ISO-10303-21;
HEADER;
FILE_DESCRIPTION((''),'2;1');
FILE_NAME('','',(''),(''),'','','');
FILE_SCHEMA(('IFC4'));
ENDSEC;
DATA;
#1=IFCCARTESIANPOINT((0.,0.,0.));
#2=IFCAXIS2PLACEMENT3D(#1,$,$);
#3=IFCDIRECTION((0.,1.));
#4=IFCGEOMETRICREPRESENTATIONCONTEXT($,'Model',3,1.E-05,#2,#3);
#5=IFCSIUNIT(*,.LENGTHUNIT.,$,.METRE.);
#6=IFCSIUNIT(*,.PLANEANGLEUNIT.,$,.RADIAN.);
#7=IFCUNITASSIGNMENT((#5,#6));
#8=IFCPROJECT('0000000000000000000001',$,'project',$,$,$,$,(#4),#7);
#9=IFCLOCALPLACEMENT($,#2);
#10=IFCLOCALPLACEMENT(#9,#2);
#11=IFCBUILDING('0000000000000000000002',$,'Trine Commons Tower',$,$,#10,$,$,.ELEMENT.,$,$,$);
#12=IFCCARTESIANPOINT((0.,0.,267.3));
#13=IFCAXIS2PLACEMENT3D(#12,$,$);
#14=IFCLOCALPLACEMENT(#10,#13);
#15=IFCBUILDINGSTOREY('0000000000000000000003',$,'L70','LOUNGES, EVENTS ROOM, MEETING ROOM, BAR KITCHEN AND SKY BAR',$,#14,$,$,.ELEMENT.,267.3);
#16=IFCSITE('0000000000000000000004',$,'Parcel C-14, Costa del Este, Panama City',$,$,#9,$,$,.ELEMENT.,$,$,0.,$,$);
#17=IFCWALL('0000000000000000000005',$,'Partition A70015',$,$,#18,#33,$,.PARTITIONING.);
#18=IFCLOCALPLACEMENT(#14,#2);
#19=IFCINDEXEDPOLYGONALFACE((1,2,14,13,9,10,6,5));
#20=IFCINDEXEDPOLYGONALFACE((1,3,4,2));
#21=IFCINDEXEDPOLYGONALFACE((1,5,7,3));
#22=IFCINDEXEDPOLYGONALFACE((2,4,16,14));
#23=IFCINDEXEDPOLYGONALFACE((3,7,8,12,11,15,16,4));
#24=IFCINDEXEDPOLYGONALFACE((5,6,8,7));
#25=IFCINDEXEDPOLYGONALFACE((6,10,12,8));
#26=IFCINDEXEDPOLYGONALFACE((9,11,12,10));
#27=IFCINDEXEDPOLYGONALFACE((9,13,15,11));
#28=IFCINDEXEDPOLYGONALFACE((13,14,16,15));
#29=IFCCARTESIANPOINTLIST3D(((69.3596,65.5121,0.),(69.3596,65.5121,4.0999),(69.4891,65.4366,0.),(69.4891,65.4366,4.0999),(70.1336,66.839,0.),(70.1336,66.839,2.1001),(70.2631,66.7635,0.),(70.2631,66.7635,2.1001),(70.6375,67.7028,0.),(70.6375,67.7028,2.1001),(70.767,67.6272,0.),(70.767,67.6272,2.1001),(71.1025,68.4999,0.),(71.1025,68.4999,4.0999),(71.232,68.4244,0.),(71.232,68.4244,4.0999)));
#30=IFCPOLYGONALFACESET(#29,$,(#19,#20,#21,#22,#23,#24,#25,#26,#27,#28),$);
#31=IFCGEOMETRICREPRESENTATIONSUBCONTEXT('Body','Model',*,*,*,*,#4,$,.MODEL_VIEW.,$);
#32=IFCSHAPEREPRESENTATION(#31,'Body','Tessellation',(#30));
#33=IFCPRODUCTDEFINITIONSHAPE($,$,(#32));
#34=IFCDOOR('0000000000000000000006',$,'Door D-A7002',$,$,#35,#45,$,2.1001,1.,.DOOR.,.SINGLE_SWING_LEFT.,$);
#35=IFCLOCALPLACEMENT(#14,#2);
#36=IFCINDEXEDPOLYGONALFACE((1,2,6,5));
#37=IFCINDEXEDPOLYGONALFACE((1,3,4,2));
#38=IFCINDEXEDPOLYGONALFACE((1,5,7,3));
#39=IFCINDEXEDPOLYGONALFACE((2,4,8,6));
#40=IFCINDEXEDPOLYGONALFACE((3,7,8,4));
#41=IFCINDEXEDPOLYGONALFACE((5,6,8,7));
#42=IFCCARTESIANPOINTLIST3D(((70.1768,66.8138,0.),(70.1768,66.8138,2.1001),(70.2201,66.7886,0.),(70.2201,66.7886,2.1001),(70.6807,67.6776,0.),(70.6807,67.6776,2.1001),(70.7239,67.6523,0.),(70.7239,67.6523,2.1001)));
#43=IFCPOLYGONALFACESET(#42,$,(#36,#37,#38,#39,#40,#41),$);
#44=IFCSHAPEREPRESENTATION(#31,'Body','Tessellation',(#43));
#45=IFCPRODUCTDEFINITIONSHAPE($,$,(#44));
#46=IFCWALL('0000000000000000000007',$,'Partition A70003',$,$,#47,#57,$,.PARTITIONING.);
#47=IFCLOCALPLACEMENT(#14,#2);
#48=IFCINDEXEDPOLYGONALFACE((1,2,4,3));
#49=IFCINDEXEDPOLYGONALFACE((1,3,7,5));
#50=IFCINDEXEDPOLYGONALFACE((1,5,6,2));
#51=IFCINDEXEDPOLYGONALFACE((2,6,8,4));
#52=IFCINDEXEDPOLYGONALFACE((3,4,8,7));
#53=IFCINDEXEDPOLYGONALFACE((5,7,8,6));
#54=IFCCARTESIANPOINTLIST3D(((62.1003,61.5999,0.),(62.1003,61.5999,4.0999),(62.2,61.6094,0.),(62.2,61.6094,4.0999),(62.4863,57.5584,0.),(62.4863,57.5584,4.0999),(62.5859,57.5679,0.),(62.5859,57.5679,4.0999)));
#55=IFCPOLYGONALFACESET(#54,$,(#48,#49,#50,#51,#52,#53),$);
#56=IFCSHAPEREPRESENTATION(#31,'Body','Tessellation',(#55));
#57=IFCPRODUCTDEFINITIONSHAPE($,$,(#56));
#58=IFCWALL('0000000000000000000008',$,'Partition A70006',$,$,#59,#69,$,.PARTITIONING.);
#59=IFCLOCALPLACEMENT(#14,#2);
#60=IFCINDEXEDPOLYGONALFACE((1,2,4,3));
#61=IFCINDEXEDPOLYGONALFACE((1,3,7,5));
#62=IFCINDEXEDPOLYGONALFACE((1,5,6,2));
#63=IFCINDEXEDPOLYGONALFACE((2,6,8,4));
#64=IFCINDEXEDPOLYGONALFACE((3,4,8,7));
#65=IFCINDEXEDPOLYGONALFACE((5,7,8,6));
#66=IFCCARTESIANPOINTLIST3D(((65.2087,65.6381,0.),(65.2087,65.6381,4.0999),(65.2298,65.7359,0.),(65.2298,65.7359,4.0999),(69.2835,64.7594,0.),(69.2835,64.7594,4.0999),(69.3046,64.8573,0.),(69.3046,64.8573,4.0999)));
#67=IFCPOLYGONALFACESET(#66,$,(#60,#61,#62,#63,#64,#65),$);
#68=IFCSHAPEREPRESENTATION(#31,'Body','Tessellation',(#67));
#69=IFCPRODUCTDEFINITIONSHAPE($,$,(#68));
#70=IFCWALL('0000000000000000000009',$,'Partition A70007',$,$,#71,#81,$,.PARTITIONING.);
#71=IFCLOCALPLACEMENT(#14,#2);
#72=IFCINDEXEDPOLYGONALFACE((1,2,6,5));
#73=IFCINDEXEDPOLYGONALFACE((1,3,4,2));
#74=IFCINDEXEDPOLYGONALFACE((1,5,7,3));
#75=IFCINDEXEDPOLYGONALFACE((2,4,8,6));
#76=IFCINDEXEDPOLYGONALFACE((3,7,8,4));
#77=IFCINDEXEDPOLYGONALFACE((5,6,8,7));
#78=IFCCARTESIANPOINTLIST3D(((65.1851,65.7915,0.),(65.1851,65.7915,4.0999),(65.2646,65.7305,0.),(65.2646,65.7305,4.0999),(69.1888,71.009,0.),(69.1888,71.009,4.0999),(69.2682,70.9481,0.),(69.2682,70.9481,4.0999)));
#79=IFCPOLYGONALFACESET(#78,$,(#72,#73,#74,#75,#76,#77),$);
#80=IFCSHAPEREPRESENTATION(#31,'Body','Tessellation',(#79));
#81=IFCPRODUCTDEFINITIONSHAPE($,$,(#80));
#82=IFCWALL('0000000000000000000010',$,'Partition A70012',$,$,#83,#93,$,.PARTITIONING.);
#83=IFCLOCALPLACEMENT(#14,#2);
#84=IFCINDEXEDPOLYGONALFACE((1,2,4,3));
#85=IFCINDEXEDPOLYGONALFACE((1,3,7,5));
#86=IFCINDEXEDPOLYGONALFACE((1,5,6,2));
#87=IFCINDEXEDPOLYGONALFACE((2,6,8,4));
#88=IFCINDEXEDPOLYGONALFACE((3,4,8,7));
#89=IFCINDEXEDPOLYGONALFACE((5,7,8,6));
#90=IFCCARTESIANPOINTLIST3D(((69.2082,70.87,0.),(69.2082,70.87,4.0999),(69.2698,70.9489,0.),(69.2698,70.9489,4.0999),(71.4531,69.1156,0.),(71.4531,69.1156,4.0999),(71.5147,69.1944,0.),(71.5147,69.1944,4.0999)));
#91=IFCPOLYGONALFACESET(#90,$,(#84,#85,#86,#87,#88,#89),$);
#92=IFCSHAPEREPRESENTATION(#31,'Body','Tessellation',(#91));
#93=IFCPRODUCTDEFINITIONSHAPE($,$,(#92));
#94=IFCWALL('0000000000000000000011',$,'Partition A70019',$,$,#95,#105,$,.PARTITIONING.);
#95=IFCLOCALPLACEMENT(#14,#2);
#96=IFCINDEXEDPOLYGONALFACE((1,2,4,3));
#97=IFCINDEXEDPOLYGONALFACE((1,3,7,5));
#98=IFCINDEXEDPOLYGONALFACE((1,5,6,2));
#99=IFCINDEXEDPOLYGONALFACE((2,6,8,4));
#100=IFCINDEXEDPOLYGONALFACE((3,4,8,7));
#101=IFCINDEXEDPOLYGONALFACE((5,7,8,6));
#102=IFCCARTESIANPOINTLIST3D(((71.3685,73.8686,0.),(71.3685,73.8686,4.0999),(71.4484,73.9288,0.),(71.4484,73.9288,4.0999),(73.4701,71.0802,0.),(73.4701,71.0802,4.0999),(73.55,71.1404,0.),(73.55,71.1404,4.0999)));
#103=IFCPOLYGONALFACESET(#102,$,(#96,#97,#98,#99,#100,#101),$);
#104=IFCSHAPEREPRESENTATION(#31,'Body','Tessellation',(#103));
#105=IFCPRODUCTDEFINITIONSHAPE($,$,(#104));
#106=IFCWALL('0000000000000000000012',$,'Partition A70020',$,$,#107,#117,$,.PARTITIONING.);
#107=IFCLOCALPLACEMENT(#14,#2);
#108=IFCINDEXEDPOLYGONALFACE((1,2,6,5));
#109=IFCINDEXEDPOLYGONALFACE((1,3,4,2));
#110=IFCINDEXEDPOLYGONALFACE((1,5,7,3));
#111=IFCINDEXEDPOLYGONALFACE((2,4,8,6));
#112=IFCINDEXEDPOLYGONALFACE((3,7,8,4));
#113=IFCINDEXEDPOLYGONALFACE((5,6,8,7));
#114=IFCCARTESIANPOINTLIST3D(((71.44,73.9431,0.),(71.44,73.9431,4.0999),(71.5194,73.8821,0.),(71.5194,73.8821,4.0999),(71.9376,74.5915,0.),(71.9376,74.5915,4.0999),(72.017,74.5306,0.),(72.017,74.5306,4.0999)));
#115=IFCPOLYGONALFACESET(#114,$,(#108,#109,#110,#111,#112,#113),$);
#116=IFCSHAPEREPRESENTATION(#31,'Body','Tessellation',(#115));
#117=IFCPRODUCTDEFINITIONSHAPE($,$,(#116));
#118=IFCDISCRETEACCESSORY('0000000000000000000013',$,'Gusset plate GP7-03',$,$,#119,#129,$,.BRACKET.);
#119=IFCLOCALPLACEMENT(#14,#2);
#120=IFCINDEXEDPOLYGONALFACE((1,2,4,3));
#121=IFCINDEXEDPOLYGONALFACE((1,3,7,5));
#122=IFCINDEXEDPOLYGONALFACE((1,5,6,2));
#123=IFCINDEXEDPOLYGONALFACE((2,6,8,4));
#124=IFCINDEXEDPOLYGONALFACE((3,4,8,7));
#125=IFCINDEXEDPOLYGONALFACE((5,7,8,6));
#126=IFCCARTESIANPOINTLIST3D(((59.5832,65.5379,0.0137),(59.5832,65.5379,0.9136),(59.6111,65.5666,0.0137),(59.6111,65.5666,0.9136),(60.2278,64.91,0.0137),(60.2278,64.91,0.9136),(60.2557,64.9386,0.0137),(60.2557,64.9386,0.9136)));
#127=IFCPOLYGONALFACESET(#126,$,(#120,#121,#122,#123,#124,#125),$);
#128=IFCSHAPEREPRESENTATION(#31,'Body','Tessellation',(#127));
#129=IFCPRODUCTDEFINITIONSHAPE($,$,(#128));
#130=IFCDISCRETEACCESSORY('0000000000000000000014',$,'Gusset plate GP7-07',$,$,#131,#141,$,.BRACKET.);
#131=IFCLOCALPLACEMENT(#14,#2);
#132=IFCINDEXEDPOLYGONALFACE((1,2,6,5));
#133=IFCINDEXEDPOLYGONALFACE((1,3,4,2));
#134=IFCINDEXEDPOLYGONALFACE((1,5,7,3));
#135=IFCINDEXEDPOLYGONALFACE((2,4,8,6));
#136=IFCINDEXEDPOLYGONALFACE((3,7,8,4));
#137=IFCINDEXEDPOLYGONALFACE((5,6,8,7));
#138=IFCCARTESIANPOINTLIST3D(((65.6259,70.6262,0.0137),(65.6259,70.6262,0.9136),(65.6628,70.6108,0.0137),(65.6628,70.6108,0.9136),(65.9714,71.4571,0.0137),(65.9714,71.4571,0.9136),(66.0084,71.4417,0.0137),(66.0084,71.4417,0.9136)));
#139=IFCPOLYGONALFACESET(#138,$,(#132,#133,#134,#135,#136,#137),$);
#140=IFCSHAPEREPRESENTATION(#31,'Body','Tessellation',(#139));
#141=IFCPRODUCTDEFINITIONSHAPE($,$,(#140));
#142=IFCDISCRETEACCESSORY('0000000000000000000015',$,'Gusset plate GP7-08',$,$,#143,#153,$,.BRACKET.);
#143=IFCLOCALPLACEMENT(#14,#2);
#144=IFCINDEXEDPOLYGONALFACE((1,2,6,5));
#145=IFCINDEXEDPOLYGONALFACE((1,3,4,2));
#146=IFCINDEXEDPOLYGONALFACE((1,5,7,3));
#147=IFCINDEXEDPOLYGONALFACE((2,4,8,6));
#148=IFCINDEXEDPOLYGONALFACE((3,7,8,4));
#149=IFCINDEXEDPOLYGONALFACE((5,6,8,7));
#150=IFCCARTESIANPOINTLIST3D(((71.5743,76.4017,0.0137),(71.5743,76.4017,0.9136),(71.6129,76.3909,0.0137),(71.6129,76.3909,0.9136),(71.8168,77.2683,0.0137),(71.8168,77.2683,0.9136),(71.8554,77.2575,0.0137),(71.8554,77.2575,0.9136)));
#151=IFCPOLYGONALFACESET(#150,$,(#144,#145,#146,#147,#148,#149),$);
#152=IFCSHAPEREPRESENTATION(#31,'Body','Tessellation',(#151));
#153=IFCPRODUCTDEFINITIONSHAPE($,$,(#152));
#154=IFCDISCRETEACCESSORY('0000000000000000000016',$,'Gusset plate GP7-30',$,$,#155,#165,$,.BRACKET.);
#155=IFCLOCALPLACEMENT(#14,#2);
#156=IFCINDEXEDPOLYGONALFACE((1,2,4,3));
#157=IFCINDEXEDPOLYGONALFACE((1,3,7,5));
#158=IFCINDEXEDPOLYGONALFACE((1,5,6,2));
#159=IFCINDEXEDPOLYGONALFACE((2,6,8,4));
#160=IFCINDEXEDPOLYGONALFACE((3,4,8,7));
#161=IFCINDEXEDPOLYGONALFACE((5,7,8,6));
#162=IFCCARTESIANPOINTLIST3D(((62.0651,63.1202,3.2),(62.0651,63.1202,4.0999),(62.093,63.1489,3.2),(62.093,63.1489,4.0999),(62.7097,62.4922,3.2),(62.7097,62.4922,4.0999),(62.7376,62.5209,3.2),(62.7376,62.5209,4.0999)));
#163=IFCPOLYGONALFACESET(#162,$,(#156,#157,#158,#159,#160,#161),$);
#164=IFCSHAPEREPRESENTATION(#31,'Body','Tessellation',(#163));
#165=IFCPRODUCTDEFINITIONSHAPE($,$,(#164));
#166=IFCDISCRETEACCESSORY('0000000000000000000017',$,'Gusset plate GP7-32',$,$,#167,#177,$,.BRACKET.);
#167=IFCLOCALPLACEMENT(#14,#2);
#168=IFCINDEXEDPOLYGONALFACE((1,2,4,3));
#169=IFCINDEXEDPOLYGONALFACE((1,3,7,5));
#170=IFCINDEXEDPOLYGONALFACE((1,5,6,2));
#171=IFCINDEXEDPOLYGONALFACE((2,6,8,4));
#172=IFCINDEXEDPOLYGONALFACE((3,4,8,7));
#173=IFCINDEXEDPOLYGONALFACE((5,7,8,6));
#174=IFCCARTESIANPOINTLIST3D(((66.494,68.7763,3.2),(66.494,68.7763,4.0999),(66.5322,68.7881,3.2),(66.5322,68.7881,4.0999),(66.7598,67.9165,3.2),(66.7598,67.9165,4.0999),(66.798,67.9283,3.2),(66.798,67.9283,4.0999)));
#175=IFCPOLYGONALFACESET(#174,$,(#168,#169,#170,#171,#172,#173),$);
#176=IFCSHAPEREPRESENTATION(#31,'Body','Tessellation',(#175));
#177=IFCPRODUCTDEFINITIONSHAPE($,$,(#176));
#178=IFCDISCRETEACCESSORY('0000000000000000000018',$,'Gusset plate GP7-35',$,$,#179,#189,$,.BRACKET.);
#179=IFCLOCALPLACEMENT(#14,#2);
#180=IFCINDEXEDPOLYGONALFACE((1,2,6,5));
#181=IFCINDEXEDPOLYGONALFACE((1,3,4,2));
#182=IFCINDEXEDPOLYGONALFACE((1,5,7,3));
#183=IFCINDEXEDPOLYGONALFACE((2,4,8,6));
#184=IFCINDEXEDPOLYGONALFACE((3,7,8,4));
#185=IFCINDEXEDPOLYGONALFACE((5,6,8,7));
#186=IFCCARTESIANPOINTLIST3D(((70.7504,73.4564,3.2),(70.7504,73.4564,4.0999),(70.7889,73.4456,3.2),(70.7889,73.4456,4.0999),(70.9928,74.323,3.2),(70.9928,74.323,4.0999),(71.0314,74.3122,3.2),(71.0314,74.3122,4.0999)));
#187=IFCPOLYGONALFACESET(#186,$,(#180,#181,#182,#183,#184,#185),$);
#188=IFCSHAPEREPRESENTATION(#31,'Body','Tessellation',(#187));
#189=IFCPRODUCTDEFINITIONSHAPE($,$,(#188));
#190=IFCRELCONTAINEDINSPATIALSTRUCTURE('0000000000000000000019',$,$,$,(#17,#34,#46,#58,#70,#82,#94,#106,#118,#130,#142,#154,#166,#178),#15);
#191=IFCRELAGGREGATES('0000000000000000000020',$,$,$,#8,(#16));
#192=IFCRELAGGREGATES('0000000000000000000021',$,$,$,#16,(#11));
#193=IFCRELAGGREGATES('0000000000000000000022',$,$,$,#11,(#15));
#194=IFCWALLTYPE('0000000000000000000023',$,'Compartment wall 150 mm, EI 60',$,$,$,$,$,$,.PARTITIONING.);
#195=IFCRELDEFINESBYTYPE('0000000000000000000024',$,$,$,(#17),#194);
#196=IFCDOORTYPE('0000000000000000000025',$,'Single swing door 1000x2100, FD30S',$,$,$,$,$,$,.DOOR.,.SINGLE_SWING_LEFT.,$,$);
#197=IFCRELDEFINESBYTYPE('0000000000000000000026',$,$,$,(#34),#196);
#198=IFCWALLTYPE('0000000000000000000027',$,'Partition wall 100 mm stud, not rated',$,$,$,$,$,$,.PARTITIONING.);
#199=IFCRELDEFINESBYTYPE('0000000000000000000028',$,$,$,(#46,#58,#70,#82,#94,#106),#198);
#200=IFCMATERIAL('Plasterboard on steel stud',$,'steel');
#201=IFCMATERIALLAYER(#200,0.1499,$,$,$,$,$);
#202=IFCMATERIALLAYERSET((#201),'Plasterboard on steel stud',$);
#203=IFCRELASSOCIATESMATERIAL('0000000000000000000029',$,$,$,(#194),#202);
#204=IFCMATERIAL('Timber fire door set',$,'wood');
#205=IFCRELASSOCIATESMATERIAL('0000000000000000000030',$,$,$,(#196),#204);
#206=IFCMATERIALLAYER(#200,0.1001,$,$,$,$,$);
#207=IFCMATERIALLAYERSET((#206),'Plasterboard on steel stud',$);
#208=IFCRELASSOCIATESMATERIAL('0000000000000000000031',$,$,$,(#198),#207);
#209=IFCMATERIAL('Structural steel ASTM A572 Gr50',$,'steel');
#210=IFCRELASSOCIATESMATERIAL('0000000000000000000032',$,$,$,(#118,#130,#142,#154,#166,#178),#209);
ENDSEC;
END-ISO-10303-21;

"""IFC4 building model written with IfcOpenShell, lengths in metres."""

from ifc_helpers import new_model, si_unit, direction, frame, frame_2d, origin, origin_2d, place, context, subcontext, project, spatial, rectangle, extrude, material, layer, layer_set, type_object, element, fill, save


model = new_model("IFC4")

# Units and contexts
model_context = context("Model", 3, precision=1e-05, world=origin(), true_north=direction((0.0, 1.0)))
body_context = subcontext(model_context, "Body", "Model", "MODEL_VIEW")
ifc_project = project(units=[si_unit("LENGTHUNIT", "METRE"), si_unit("PLANEANGLEUNIT", "RADIAN")], contexts=[model_context])

# Site, building, storey
site_placement = place(None, origin())
site = spatial("IfcSite", under=ifc_project, at=site_placement, Name="Parcel C-14, Costa del Este, Panama City", CompositionType="ELEMENT", RefElevation=0.0)
building_placement = place(site_placement, origin())
building = spatial("IfcBuilding", under=site, at=building_placement, Name="Trine Commons Tower", CompositionType="ELEMENT")
storey_placement = place(building_placement, frame((0.0, 0.0, 267.3)))
storey = spatial("IfcBuildingStorey", under=building, at=storey_placement, Name="L70", Description="LOUNGES, EVENTS ROOM, MEETING ROOM, BAR KITCHEN AND SKY BAR", CompositionType="ELEMENT", Elevation=267.3)

# Wall, opening, door
ifc_material_1 = material(Name="Plasterboard on steel stud", Category="steel")
ifc_layer_1 = layer(ifc_material_1, 0.1499)
ifc_layer_set_1 = layer_set([ifc_layer_1], Name="Plasterboard on steel stud")
wall_type_1 = type_object("IfcWallType", Name="Compartment wall 150 mm, EI 60", PredefinedType="PARTITIONING", material=ifc_layer_set_1)
ifc_material_2 = material(Name="Timber fire door set", Category="wood")
wall_1_placement = place(storey_placement, frame((69.4243, 65.4744, 0.0), z_axis=(0.0, 0.0, 1.0), x_axis=(0.50388, 0.863774, 0.0)))
wall_1 = element("IfcWall", 1, at=wall_1_placement, inside=storey, type_object=wall_type_1, Name="Partition A70015", PredefinedType="PARTITIONING", context=body_context, shape_type="SweptSolid", body=[
    extrude(rectangle(XDim=3.459, YDim=0.1499, at=frame_2d((1.7295, 0.0))), origin(), (0.0, 0.0, 1.0), 4.0999),
])
opening_1_placement = place(wall_1_placement, frame((1.5361, 0.0, 0.0)))
opening_1 = element("IfcOpeningElement", 2, at=opening_1_placement, cuts=wall_1, PredefinedType="OPENING", context=body_context, shape_type="SweptSolid", body=[
    extrude(rectangle(XDim=1.0, YDim=2.1001, at=frame_2d((0.5, 1.05))), frame((0.0, 0.085, 0.0), z_axis=(0.0, -1.0, 0.0), x_axis=(1.0, 0.0, 0.0)), (0.0, 0.0, 1.0), 0.1699),
])
door_type_1 = type_object("IfcDoorType", Name="Single swing door 1000x2100, FD30S", OperationType="SINGLE_SWING_LEFT", PredefinedType="DOOR", material=ifc_material_2)
door_1_placement = place(opening_1_placement, origin())
door_1 = element("IfcDoor", 3, at=door_1_placement, inside=storey, type_object=door_type_1, Name="Door D-A7002", OperationType="SINGLE_SWING_LEFT", OverallHeight=2.1001, OverallWidth=1.0, PredefinedType="DOOR", context=body_context, shape_type="SweptSolid", body=[
    extrude(rectangle(XDim=1.0, YDim=2.1001, at=frame_2d((0.5, 1.05))), frame((0.0, 0.0249, 0.0), z_axis=(0.0, -1.0, 0.0), x_axis=(1.0, 0.0, 0.0)), (0.0, 0.0, 1.0), 0.05),
])
fill(opening_1, door_1)

# Walls
ifc_layer_2 = layer(ifc_material_1, 0.1001)
ifc_layer_set_2 = layer_set([ifc_layer_2], Name="Plasterboard on steel stud")
wall_type_2 = type_object("IfcWallType", Name="Partition wall 100 mm stud, not rated", PredefinedType="PARTITIONING", material=ifc_layer_set_2)
wall_2_placement = place(storey_placement, frame((62.1501, 61.6045, 0.0), z_axis=(0.0, 0.0, 1.0), x_axis=(0.095073, -0.99547, 0.0)))
element("IfcWall", 4, at=wall_2_placement, inside=storey, type_object=wall_type_2, Name="Partition A70003", PredefinedType="PARTITIONING", context=body_context, shape_type="SweptSolid", body=[
    extrude(rectangle(XDim=4.0598, YDim=0.1001, at=frame_2d((2.0298, 0.0))), origin(), (0.0, 0.0, 1.0), 4.0999),
])
wall_3_placement = place(storey_placement, frame((65.2192, 65.687, 0.0), z_axis=(0.0, 0.0, 1.0), x_axis=(0.977531, -0.210793, 0.0)))
element("IfcWall", 5, at=wall_3_placement, inside=storey, type_object=wall_type_2, Name="Partition A70006", PredefinedType="PARTITIONING", context=body_context, shape_type="SweptSolid", body=[
    extrude(rectangle(XDim=4.1685, YDim=0.1001, at=frame_2d((2.0842, 0.0))), origin(), (0.0, 0.0, 1.0), 4.0999),
])
wall_4_placement = place(storey_placement, frame((65.2249, 65.761, 0.0), z_axis=(0.0, 0.0, 1.0), x_axis=(0.608772, 0.793345, 0.0)))
element("IfcWall", 6, at=wall_4_placement, inside=storey, type_object=wall_type_2, Name="Partition A70007", PredefinedType="PARTITIONING", context=body_context, shape_type="SweptSolid", body=[
    extrude(rectangle(XDim=6.5767, YDim=0.1001, at=frame_2d((3.2883, 0.0))), origin(), (0.0, 0.0, 1.0), 4.0999),
])
wall_5_placement = place(storey_placement, frame((69.239, 70.9094, 0.0), z_axis=(0.0, 0.0, 1.0), x_axis=(0.787924, -0.615772, 0.0)))
element("IfcWall", 7, at=wall_5_placement, inside=storey, type_object=wall_type_2, Name="Partition A70012", PredefinedType="PARTITIONING", context=body_context, shape_type="SweptSolid", body=[
    extrude(rectangle(XDim=2.8491, YDim=0.1001, at=frame_2d((1.4246, 0.0))), origin(), (0.0, 0.0, 1.0), 4.0999),
])
wall_6_placement = place(storey_placement, frame((71.4084, 73.8987, 0.0), z_axis=(0.0, 0.0, 1.0), x_axis=(0.601889, -0.79858, 0.0)))
element("IfcWall", 8, at=wall_6_placement, inside=storey, type_object=wall_type_2, Name="Partition A70019", PredefinedType="PARTITIONING", context=body_context, shape_type="SweptSolid", body=[
    extrude(rectangle(XDim=3.4917, YDim=0.1001, at=frame_2d((1.7458, 0.0))), origin(), (0.0, 0.0, 1.0), 4.0999),
])
wall_7_placement = place(storey_placement, frame((71.4797, 73.9126, 0.0), z_axis=(0.0, 0.0, 1.0), x_axis=(0.608758, 0.793356, 0.0)))
element("IfcWall", 9, at=wall_7_placement, inside=storey, type_object=wall_type_2, Name="Partition A70020", PredefinedType="PARTITIONING", context=body_context, shape_type="SweptSolid", body=[
    extrude(rectangle(XDim=0.8174, YDim=0.1001, at=frame_2d((0.4087, 0.0))), origin(), (0.0, 0.0, 1.0), 4.0999),
])

# Discrete accessories
ifc_material_3 = material(Name="Structural steel ASTM A572 Gr50", Category="steel")
for number, where, z_axis, x_axis, name in (
    (10, (59.9194, 65.2383, 0.0137), (0.0, 0.0, 1.0), (0.716302, -0.69779, 0.0), "Gusset plate GP7-03"),
    (11, (65.8171, 71.0339, 0.0137), (0.0, 0.0, 1.0), (-0.384005, -0.923331, 0.0), "Gusset plate GP7-07"),
    (12, (71.7148, 76.8296, 0.0137), (0.0, 0.0, 1.0), (-0.269441, -0.963017, 0.0), "Gusset plate GP7-08"),
    (13, (62.4014, 62.8206, 3.2), (0.0, 0.0, 1.0), (0.716302, -0.69779, 0.0), "Gusset plate GP7-30"),
    (14, (66.646, 68.3523, 3.2), (0.0, 0.0, 1.0), (0.295325, -0.955397, 0.0), "Gusset plate GP7-32"),
    (15, (70.8909, 73.8843, 3.2), (0.0, 0.0, 1.0), (-0.269441, -0.963017, 0.0), "Gusset plate GP7-35"),
):
    element("IfcDiscreteAccessory", number, at=place(storey_placement, frame(where, z_axis=z_axis, x_axis=x_axis)), inside=storey, material=ifc_material_3, Name=name, PredefinedType="BRACKET", context=body_context, shape_type="SweptSolid", body=[
        extrude(rectangle(XDim=0.8999, YDim=0.04, at=origin_2d()), origin(), (0.0, 0.0, 1.0), 0.8999),
    ])

save(model, "model.ifc")
